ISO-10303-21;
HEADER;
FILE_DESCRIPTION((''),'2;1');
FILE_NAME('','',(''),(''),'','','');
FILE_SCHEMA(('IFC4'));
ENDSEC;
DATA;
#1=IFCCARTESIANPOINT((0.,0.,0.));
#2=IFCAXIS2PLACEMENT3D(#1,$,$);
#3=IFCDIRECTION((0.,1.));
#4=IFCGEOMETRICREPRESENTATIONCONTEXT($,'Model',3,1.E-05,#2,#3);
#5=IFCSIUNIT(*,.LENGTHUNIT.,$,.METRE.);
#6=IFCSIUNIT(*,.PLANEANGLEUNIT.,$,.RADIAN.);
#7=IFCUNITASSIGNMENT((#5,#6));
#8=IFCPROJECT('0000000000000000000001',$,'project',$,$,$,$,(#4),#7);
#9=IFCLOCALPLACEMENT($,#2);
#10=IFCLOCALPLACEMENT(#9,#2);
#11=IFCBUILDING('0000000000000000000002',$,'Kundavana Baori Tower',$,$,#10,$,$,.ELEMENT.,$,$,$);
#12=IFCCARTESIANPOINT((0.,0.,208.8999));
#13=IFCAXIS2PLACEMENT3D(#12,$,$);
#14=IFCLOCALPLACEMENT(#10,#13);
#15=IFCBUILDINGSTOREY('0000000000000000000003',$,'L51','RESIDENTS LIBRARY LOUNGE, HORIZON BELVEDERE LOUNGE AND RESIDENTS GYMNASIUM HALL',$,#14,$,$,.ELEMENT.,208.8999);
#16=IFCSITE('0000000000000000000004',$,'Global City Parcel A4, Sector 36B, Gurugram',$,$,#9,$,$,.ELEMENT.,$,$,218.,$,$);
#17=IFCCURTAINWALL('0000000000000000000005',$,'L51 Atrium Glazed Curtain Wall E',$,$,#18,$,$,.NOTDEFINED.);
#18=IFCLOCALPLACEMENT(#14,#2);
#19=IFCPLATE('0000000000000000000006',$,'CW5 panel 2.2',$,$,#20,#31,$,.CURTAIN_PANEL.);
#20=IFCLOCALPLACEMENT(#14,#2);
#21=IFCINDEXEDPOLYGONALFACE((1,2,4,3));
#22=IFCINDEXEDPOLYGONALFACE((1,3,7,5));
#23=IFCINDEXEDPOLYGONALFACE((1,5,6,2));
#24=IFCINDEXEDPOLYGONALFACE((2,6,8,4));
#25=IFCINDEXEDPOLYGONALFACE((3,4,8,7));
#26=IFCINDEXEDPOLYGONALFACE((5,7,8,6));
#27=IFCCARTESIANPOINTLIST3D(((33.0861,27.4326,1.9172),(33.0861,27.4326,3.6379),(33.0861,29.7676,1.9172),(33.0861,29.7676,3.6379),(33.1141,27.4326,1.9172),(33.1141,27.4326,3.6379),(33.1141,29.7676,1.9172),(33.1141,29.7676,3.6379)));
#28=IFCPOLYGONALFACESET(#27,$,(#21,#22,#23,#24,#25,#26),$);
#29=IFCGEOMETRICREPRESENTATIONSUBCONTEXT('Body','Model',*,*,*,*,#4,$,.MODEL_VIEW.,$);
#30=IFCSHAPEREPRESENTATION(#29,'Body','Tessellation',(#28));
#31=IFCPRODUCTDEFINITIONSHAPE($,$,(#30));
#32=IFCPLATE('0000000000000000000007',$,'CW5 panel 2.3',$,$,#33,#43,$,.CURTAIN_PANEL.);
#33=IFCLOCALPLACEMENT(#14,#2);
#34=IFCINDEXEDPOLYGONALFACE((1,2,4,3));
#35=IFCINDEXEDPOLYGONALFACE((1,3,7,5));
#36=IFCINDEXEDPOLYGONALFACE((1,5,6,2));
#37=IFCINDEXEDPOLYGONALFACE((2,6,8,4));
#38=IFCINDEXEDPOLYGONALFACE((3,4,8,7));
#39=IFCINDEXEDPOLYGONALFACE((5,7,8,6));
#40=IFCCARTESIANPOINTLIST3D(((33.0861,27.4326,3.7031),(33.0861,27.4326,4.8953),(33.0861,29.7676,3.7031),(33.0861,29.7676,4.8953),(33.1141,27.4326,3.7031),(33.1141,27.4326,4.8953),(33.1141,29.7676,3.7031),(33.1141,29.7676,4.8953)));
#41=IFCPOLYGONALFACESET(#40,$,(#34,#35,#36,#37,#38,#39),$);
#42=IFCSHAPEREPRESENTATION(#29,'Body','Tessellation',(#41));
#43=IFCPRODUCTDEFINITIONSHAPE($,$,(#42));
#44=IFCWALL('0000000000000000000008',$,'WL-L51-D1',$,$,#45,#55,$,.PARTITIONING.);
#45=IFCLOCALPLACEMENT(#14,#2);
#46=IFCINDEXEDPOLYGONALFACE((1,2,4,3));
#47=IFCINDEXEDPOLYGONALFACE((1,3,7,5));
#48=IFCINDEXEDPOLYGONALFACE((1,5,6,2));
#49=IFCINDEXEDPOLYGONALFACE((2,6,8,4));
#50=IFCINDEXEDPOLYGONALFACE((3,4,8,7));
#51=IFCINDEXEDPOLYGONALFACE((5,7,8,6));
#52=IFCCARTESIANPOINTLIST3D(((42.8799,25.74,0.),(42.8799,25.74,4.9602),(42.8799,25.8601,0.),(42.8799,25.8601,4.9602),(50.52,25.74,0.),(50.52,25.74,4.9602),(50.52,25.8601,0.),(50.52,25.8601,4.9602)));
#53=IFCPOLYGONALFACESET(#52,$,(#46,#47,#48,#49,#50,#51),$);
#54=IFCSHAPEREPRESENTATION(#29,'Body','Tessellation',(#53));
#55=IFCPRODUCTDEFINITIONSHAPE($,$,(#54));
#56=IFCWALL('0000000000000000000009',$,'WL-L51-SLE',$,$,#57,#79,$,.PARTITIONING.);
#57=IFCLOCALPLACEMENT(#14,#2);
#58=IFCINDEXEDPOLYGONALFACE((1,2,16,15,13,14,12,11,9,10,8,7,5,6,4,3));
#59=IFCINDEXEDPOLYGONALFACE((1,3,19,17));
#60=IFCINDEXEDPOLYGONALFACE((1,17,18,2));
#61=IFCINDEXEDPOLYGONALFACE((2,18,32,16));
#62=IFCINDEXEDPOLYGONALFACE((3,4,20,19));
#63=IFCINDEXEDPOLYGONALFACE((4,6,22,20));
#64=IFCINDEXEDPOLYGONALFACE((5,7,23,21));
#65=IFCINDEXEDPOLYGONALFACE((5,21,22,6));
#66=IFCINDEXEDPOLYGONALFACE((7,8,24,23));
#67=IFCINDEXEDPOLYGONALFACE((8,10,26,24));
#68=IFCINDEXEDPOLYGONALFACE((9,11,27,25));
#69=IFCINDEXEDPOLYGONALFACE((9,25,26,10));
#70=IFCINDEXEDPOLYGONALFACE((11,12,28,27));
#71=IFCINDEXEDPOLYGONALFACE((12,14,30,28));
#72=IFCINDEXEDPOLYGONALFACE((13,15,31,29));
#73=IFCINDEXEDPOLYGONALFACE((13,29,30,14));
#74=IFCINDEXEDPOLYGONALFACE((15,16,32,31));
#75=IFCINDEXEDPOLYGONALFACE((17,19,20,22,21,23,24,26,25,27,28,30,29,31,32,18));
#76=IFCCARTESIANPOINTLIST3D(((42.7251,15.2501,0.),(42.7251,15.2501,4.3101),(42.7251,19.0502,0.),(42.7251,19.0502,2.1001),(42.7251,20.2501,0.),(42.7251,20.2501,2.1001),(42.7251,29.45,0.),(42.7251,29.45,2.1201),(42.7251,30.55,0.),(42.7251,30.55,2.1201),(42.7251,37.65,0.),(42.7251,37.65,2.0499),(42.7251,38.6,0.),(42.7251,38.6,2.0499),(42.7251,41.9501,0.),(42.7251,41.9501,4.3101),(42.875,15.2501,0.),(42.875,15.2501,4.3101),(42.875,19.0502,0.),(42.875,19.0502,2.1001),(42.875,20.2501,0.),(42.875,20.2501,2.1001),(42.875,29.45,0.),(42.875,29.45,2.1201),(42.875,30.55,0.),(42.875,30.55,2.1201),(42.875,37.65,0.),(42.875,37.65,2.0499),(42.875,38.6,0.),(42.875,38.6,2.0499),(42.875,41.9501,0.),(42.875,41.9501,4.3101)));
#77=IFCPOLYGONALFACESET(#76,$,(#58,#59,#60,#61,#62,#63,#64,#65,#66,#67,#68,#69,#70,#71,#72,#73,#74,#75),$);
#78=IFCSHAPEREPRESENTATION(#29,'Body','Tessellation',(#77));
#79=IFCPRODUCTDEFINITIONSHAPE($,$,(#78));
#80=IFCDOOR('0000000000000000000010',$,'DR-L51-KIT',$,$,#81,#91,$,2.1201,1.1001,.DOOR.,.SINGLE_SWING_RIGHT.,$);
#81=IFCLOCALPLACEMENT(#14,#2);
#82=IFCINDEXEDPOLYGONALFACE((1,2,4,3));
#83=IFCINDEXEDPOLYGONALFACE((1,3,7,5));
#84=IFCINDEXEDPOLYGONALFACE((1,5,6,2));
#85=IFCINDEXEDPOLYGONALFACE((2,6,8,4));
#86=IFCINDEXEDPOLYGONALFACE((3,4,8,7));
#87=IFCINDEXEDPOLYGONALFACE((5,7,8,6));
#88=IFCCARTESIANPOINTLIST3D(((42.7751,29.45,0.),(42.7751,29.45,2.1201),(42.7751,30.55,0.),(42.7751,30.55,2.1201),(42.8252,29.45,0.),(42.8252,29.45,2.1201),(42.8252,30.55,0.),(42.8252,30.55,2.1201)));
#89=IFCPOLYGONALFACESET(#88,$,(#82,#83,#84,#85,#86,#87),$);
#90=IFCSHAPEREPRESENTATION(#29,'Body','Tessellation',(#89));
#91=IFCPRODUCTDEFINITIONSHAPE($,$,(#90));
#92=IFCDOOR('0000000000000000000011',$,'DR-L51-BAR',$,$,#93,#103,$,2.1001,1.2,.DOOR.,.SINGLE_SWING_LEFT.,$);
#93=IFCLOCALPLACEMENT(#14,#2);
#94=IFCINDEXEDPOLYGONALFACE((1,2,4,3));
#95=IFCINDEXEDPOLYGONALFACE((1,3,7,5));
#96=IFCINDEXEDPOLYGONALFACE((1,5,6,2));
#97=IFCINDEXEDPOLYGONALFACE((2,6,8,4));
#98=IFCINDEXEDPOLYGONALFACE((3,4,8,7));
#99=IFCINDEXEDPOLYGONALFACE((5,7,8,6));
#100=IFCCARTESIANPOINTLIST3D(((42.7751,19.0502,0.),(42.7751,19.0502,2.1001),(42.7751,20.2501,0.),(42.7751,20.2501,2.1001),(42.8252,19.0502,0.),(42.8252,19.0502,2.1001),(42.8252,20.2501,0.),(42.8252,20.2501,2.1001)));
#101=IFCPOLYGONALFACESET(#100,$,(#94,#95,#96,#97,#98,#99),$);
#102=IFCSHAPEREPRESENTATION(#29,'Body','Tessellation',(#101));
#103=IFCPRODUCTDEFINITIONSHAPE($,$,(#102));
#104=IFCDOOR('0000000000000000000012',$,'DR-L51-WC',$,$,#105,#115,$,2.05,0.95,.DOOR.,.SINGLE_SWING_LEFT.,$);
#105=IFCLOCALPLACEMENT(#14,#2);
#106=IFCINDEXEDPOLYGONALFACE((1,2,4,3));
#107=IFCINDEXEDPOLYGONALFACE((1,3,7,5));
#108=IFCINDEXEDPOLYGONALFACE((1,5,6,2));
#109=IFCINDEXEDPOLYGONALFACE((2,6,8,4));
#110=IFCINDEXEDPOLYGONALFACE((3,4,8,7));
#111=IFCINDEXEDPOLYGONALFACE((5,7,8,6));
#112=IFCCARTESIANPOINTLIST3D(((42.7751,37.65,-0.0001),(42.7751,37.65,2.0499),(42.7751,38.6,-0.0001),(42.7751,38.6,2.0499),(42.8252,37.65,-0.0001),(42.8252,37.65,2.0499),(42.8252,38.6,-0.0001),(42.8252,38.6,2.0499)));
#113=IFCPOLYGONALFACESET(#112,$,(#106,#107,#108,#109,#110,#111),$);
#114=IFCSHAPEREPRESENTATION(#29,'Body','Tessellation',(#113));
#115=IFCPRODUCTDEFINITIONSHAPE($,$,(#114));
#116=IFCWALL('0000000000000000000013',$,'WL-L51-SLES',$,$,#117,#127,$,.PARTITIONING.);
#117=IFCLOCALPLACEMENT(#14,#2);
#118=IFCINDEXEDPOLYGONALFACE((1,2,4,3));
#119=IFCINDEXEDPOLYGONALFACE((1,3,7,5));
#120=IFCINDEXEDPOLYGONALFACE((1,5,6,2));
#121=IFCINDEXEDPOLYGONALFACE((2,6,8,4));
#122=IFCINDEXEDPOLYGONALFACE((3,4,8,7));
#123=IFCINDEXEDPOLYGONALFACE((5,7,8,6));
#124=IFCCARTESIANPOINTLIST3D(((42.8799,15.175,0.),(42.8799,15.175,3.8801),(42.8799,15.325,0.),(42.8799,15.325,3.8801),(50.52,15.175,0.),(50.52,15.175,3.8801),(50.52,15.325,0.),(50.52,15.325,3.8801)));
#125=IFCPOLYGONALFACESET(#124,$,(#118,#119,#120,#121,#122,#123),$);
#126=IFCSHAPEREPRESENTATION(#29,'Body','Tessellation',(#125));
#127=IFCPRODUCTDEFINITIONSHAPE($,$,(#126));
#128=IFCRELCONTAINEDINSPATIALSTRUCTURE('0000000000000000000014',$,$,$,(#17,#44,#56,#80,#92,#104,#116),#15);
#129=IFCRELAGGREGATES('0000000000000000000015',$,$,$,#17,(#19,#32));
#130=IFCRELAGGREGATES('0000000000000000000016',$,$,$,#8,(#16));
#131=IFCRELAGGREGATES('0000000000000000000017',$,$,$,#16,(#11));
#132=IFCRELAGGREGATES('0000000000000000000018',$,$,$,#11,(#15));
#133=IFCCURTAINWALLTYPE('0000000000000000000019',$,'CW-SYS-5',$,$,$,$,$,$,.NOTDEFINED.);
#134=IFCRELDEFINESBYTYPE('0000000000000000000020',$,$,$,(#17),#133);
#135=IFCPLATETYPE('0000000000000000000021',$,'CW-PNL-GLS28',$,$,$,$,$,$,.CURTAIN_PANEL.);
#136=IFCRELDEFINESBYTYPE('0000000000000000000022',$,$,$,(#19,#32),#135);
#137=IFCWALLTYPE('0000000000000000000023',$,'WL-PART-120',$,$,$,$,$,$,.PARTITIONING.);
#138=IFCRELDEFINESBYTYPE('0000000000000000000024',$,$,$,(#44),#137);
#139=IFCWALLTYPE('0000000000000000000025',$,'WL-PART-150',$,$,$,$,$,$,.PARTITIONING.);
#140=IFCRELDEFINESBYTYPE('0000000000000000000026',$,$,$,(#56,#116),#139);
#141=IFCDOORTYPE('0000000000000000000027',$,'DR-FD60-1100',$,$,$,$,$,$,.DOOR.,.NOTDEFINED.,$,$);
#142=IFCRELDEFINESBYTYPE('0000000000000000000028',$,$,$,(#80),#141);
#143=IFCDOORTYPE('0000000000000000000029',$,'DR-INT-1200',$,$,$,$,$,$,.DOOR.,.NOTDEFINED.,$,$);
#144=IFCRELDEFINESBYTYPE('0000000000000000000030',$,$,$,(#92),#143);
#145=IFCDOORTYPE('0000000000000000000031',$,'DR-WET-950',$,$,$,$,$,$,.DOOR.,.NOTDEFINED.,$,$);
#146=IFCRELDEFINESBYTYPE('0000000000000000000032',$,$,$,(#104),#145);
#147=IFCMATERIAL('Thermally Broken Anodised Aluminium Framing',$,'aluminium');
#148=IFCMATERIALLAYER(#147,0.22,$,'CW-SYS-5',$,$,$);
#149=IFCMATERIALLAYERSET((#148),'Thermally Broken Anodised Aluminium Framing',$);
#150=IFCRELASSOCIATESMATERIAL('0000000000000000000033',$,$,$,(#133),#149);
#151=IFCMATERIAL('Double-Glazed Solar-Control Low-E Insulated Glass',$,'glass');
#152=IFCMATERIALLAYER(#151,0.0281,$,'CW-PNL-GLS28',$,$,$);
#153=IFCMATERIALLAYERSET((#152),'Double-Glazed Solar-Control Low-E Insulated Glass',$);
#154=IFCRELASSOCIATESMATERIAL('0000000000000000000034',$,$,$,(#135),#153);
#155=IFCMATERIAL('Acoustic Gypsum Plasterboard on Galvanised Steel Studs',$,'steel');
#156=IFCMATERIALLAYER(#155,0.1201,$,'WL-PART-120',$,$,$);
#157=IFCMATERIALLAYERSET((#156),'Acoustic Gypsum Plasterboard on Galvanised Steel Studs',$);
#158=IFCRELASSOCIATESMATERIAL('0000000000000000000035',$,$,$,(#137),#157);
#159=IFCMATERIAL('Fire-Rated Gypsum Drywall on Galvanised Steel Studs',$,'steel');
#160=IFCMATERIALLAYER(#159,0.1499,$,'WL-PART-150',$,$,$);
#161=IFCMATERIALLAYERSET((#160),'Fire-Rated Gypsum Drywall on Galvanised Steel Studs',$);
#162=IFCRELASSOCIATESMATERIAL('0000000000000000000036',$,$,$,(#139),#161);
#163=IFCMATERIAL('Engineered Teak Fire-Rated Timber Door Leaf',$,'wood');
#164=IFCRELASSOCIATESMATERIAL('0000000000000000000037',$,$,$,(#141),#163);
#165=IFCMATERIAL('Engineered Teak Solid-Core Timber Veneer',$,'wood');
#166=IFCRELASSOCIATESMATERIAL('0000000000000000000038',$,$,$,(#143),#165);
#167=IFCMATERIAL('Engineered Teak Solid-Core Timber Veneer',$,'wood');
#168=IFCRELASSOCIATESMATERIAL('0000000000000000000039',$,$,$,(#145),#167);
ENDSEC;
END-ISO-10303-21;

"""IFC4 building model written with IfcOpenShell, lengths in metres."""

from ifc_helpers import new_model, si_unit, direction, frame, frame_2d, origin, origin_2d, place, context, subcontext, project, spatial, rectangle, extrude, material, layer, layer_set, type_object, element, fill, aggregate, save


model = new_model("IFC4")

# Units and contexts
model_context = context("Model", 3, precision=1e-05, world=origin(), true_north=direction((0.0, 1.0)))
body_context = subcontext(model_context, "Body", "Model", "MODEL_VIEW")
ifc_project = project(units=[si_unit("LENGTHUNIT", "METRE"), si_unit("PLANEANGLEUNIT", "RADIAN")], contexts=[model_context])

# Site, building, storey
site_placement = place(None, origin())
site = spatial("IfcSite", under=ifc_project, at=site_placement, Name="Global City Parcel A4, Sector 36B, Gurugram", CompositionType="ELEMENT", RefElevation=218.0)
building_placement = place(site_placement, origin())
building = spatial("IfcBuilding", under=site, at=building_placement, Name="Kundavana Baori Tower", CompositionType="ELEMENT")
storey_placement = place(building_placement, frame((0.0, 0.0, 208.8999)))
storey = spatial("IfcBuildingStorey", under=building, at=storey_placement, Name="L51", Description="RESIDENTS LIBRARY LOUNGE, HORIZON BELVEDERE LOUNGE AND RESIDENTS GYMNASIUM HALL", CompositionType="ELEMENT", Elevation=208.8999)

# Curtain wall, plates
ifc_material_1 = material(Name="Thermally Broken Anodised Aluminium Framing", Category="aluminium")
ifc_layer_1 = layer(ifc_material_1, 0.22, Name="CW-SYS-5")
ifc_layer_set_1 = layer_set([ifc_layer_1], Name="Thermally Broken Anodised Aluminium Framing")
curtain_wall_type = type_object("IfcCurtainWallType", Name="CW-SYS-5", PredefinedType="NOTDEFINED", material=ifc_layer_set_1)
curtain_wall_placement = place(storey_placement, origin())
curtain_wall = element("IfcCurtainWall", 1, at=curtain_wall_placement, inside=storey, type_object=curtain_wall_type, Name="L51 Atrium Glazed Curtain Wall E", PredefinedType="NOTDEFINED")
ifc_material_2 = material(Name="Double-Glazed Solar-Control Low-E Insulated Glass", Category="glass")
ifc_layer_2 = layer(ifc_material_2, 0.0281, Name="CW-PNL-GLS28")
ifc_layer_set_2 = layer_set([ifc_layer_2], Name="Double-Glazed Solar-Control Low-E Insulated Glass")
plate_type = type_object("IfcPlateType", Name="CW-PNL-GLS28", PredefinedType="CURTAIN_PANEL", material=ifc_layer_set_2)
plate_1_placement = place(storey_placement, frame((33.1001, 28.6001, 1.9172), z_axis=(0.0, 0.0, 1.0), x_axis=(0.0, 1.0, 0.0)))
plate_1 = element("IfcPlate", 2, at=plate_1_placement, type_object=plate_type, Name="CW5 panel 2.2", PredefinedType="CURTAIN_PANEL", context=body_context, shape_type="SweptSolid", body=[
    extrude(rectangle(XDim=2.335, YDim=0.0281, at=origin_2d()), origin(), (0.0, 0.0, 1.0), 1.7207),
])
plate_2_placement = place(storey_placement, frame((33.1001, 28.6001, 3.7031), z_axis=(0.0, 0.0, 1.0), x_axis=(0.0, 1.0, 0.0)))
plate_2 = element("IfcPlate", 3, at=plate_2_placement, type_object=plate_type, Name="CW5 panel 2.3", PredefinedType="CURTAIN_PANEL", context=body_context, shape_type="SweptSolid", body=[
    extrude(rectangle(XDim=2.335, YDim=0.0281, at=origin_2d()), origin(), (0.0, 0.0, 1.0), 1.1921),
])
aggregate(curtain_wall, [plate_1, plate_2])

# Wall
ifc_material_3 = material(Name="Acoustic Gypsum Plasterboard on Galvanised Steel Studs", Category="steel")
ifc_layer_3 = layer(ifc_material_3, 0.1201, Name="WL-PART-120")
ifc_layer_set_3 = layer_set([ifc_layer_3], Name="Acoustic Gypsum Plasterboard on Galvanised Steel Studs")
wall_type_1 = type_object("IfcWallType", Name="WL-PART-120", PredefinedType="PARTITIONING", material=ifc_layer_set_3)
wall_1_placement = place(storey_placement, frame((42.8799, 25.8, 0.0), z_axis=(0.0, 0.0, 1.0), x_axis=(1.0, 0.0, 0.0)))
element("IfcWall", 4, at=wall_1_placement, inside=storey, type_object=wall_type_1, Name="WL-L51-D1", PredefinedType="PARTITIONING", context=body_context, shape_type="SweptSolid", body=[
    extrude(rectangle(XDim=7.6401, YDim=0.1201, at=frame_2d((3.8201, 0.0))), origin(), (0.0, 0.0, 1.0), 4.9602),
])

# Wall, openings, doors
ifc_material_4 = material(Name="Fire-Rated Gypsum Drywall on Galvanised Steel Studs", Category="steel")
ifc_layer_4 = layer(ifc_material_4, 0.1499, Name="WL-PART-150")
ifc_layer_set_4 = layer_set([ifc_layer_4], Name="Fire-Rated Gypsum Drywall on Galvanised Steel Studs")
wall_type_2 = type_object("IfcWallType", Name="WL-PART-150", PredefinedType="PARTITIONING", material=ifc_layer_set_4)
wall_2_placement = place(storey_placement, frame((42.8, 15.25, 0.0), z_axis=(0.0, 0.0, 1.0), x_axis=(0.0, 1.0, 0.0)))
wall_2 = element("IfcWall", 5, at=wall_2_placement, inside=storey, type_object=wall_type_2, Name="WL-L51-SLE", PredefinedType="PARTITIONING", context=body_context, shape_type="SweptSolid", body=[
    extrude(rectangle(XDim=26.7, YDim=0.1499, at=frame_2d((13.3501, 0.0))), origin(), (0.0, 0.0, 1.0), 4.3101),
])
opening_1_placement = place(wall_2_placement, frame((3.8, 0.0, 0.0)))
opening_1 = element("IfcOpeningElement", 6, at=opening_1_placement, cuts=wall_2, PredefinedType="OPENING", context=body_context, shape_type="SweptSolid", body=[
    extrude(rectangle(XDim=1.2, YDim=2.1001, at=frame_2d((0.6001, 1.05))), frame((0.0, 0.085, 0.0), z_axis=(0.0, -1.0, 0.0), x_axis=(1.0, 0.0, 0.0)), (0.0, 0.0, 1.0), 0.1699),
])
opening_2_placement = place(wall_2_placement, frame((14.2, 0.0, 0.0)))
opening_2 = element("IfcOpeningElement", 7, at=opening_2_placement, cuts=wall_2, PredefinedType="OPENING", context=body_context, shape_type="SweptSolid", body=[
    extrude(rectangle(XDim=1.1001, YDim=2.1201, at=frame_2d((0.55, 1.0601))), frame((0.0, 0.085, 0.0), z_axis=(0.0, -1.0, 0.0), x_axis=(1.0, 0.0, 0.0)), (0.0, 0.0, 1.0), 0.1699),
])
opening_3_placement = place(wall_2_placement, frame((22.3999, 0.0, 0.0)))
opening_3 = element("IfcOpeningElement", 8, at=opening_3_placement, cuts=wall_2, PredefinedType="OPENING", context=body_context, shape_type="SweptSolid", body=[
    extrude(rectangle(XDim=0.95, YDim=2.05, at=frame_2d((0.4751, 1.0249))), frame((0.0, 0.085, 0.0), z_axis=(0.0, -1.0, 0.0), x_axis=(1.0, 0.0, 0.0)), (0.0, 0.0, 1.0), 0.1699),
])
ifc_material_5 = material(Name="Engineered Teak Fire-Rated Timber Door Leaf", Category="wood")
door_type_1 = type_object("IfcDoorType", Name="DR-FD60-1100", OperationType="NOTDEFINED", PredefinedType="DOOR", material=ifc_material_5)
door_1_placement = place(opening_2_placement, origin())
door_1 = element("IfcDoor", 9, at=door_1_placement, inside=storey, type_object=door_type_1, Name="DR-L51-KIT", OperationType="SINGLE_SWING_RIGHT", OverallHeight=2.1201, OverallWidth=1.1001, PredefinedType="DOOR", context=body_context, shape_type="SweptSolid", body=[
    extrude(rectangle(XDim=1.1001, YDim=2.1201, at=frame_2d((0.55, 1.0601))), frame((0.0, 0.0249, 0.0), z_axis=(0.0, -1.0, 0.0), x_axis=(1.0, 0.0, 0.0)), (0.0, 0.0, 1.0), 0.05),
])
fill(opening_2, door_1)
ifc_material_6 = material(Name="Engineered Teak Solid-Core Timber Veneer", Category="wood")
door_type_2 = type_object("IfcDoorType", Name="DR-INT-1200", OperationType="NOTDEFINED", PredefinedType="DOOR", material=ifc_material_6)
door_2_placement = place(opening_1_placement, origin())
door_2 = element("IfcDoor", 10, at=door_2_placement, inside=storey, type_object=door_type_2, Name="DR-L51-BAR", OperationType="SINGLE_SWING_LEFT", OverallHeight=2.1001, OverallWidth=1.2, PredefinedType="DOOR", context=body_context, shape_type="SweptSolid", body=[
    extrude(rectangle(XDim=1.2, YDim=2.1001, at=frame_2d((0.6001, 1.05))), frame((0.0, 0.0249, 0.0), z_axis=(0.0, -1.0, 0.0), x_axis=(1.0, 0.0, 0.0)), (0.0, 0.0, 1.0), 0.05),
])
fill(opening_1, door_2)
ifc_material_7 = material(Name="Engineered Teak Solid-Core Timber Veneer", Category="wood")
door_type_3 = type_object("IfcDoorType", Name="DR-WET-950", OperationType="NOTDEFINED", PredefinedType="DOOR", material=ifc_material_7)
door_3_placement = place(opening_3_placement, origin())
door_3 = element("IfcDoor", 11, at=door_3_placement, inside=storey, type_object=door_type_3, Name="DR-L51-WC", OperationType="SINGLE_SWING_LEFT", OverallHeight=2.05, OverallWidth=0.95, PredefinedType="DOOR", context=body_context, shape_type="SweptSolid", body=[
    extrude(rectangle(XDim=0.95, YDim=2.05, at=frame_2d((0.4751, 1.0249))), frame((0.0, 0.0249, 0.0), z_axis=(0.0, -1.0, 0.0), x_axis=(1.0, 0.0, 0.0)), (0.0, 0.0, 1.0), 0.05),
])
fill(opening_3, door_3)

# Wall
wall_3_placement = place(storey_placement, frame((42.8799, 15.25, 0.0), z_axis=(0.0, 0.0, 1.0), x_axis=(1.0, 0.0, 0.0)))
element("IfcWall", 12, at=wall_3_placement, inside=storey, type_object=wall_type_2, Name="WL-L51-SLES", PredefinedType="PARTITIONING", context=body_context, shape_type="SweptSolid", body=[
    extrude(rectangle(XDim=7.6401, YDim=0.1499, at=frame_2d((3.8201, 0.0))), origin(), (0.0, 0.0, 1.0), 3.8801),
])

save(model, "model.ifc")
